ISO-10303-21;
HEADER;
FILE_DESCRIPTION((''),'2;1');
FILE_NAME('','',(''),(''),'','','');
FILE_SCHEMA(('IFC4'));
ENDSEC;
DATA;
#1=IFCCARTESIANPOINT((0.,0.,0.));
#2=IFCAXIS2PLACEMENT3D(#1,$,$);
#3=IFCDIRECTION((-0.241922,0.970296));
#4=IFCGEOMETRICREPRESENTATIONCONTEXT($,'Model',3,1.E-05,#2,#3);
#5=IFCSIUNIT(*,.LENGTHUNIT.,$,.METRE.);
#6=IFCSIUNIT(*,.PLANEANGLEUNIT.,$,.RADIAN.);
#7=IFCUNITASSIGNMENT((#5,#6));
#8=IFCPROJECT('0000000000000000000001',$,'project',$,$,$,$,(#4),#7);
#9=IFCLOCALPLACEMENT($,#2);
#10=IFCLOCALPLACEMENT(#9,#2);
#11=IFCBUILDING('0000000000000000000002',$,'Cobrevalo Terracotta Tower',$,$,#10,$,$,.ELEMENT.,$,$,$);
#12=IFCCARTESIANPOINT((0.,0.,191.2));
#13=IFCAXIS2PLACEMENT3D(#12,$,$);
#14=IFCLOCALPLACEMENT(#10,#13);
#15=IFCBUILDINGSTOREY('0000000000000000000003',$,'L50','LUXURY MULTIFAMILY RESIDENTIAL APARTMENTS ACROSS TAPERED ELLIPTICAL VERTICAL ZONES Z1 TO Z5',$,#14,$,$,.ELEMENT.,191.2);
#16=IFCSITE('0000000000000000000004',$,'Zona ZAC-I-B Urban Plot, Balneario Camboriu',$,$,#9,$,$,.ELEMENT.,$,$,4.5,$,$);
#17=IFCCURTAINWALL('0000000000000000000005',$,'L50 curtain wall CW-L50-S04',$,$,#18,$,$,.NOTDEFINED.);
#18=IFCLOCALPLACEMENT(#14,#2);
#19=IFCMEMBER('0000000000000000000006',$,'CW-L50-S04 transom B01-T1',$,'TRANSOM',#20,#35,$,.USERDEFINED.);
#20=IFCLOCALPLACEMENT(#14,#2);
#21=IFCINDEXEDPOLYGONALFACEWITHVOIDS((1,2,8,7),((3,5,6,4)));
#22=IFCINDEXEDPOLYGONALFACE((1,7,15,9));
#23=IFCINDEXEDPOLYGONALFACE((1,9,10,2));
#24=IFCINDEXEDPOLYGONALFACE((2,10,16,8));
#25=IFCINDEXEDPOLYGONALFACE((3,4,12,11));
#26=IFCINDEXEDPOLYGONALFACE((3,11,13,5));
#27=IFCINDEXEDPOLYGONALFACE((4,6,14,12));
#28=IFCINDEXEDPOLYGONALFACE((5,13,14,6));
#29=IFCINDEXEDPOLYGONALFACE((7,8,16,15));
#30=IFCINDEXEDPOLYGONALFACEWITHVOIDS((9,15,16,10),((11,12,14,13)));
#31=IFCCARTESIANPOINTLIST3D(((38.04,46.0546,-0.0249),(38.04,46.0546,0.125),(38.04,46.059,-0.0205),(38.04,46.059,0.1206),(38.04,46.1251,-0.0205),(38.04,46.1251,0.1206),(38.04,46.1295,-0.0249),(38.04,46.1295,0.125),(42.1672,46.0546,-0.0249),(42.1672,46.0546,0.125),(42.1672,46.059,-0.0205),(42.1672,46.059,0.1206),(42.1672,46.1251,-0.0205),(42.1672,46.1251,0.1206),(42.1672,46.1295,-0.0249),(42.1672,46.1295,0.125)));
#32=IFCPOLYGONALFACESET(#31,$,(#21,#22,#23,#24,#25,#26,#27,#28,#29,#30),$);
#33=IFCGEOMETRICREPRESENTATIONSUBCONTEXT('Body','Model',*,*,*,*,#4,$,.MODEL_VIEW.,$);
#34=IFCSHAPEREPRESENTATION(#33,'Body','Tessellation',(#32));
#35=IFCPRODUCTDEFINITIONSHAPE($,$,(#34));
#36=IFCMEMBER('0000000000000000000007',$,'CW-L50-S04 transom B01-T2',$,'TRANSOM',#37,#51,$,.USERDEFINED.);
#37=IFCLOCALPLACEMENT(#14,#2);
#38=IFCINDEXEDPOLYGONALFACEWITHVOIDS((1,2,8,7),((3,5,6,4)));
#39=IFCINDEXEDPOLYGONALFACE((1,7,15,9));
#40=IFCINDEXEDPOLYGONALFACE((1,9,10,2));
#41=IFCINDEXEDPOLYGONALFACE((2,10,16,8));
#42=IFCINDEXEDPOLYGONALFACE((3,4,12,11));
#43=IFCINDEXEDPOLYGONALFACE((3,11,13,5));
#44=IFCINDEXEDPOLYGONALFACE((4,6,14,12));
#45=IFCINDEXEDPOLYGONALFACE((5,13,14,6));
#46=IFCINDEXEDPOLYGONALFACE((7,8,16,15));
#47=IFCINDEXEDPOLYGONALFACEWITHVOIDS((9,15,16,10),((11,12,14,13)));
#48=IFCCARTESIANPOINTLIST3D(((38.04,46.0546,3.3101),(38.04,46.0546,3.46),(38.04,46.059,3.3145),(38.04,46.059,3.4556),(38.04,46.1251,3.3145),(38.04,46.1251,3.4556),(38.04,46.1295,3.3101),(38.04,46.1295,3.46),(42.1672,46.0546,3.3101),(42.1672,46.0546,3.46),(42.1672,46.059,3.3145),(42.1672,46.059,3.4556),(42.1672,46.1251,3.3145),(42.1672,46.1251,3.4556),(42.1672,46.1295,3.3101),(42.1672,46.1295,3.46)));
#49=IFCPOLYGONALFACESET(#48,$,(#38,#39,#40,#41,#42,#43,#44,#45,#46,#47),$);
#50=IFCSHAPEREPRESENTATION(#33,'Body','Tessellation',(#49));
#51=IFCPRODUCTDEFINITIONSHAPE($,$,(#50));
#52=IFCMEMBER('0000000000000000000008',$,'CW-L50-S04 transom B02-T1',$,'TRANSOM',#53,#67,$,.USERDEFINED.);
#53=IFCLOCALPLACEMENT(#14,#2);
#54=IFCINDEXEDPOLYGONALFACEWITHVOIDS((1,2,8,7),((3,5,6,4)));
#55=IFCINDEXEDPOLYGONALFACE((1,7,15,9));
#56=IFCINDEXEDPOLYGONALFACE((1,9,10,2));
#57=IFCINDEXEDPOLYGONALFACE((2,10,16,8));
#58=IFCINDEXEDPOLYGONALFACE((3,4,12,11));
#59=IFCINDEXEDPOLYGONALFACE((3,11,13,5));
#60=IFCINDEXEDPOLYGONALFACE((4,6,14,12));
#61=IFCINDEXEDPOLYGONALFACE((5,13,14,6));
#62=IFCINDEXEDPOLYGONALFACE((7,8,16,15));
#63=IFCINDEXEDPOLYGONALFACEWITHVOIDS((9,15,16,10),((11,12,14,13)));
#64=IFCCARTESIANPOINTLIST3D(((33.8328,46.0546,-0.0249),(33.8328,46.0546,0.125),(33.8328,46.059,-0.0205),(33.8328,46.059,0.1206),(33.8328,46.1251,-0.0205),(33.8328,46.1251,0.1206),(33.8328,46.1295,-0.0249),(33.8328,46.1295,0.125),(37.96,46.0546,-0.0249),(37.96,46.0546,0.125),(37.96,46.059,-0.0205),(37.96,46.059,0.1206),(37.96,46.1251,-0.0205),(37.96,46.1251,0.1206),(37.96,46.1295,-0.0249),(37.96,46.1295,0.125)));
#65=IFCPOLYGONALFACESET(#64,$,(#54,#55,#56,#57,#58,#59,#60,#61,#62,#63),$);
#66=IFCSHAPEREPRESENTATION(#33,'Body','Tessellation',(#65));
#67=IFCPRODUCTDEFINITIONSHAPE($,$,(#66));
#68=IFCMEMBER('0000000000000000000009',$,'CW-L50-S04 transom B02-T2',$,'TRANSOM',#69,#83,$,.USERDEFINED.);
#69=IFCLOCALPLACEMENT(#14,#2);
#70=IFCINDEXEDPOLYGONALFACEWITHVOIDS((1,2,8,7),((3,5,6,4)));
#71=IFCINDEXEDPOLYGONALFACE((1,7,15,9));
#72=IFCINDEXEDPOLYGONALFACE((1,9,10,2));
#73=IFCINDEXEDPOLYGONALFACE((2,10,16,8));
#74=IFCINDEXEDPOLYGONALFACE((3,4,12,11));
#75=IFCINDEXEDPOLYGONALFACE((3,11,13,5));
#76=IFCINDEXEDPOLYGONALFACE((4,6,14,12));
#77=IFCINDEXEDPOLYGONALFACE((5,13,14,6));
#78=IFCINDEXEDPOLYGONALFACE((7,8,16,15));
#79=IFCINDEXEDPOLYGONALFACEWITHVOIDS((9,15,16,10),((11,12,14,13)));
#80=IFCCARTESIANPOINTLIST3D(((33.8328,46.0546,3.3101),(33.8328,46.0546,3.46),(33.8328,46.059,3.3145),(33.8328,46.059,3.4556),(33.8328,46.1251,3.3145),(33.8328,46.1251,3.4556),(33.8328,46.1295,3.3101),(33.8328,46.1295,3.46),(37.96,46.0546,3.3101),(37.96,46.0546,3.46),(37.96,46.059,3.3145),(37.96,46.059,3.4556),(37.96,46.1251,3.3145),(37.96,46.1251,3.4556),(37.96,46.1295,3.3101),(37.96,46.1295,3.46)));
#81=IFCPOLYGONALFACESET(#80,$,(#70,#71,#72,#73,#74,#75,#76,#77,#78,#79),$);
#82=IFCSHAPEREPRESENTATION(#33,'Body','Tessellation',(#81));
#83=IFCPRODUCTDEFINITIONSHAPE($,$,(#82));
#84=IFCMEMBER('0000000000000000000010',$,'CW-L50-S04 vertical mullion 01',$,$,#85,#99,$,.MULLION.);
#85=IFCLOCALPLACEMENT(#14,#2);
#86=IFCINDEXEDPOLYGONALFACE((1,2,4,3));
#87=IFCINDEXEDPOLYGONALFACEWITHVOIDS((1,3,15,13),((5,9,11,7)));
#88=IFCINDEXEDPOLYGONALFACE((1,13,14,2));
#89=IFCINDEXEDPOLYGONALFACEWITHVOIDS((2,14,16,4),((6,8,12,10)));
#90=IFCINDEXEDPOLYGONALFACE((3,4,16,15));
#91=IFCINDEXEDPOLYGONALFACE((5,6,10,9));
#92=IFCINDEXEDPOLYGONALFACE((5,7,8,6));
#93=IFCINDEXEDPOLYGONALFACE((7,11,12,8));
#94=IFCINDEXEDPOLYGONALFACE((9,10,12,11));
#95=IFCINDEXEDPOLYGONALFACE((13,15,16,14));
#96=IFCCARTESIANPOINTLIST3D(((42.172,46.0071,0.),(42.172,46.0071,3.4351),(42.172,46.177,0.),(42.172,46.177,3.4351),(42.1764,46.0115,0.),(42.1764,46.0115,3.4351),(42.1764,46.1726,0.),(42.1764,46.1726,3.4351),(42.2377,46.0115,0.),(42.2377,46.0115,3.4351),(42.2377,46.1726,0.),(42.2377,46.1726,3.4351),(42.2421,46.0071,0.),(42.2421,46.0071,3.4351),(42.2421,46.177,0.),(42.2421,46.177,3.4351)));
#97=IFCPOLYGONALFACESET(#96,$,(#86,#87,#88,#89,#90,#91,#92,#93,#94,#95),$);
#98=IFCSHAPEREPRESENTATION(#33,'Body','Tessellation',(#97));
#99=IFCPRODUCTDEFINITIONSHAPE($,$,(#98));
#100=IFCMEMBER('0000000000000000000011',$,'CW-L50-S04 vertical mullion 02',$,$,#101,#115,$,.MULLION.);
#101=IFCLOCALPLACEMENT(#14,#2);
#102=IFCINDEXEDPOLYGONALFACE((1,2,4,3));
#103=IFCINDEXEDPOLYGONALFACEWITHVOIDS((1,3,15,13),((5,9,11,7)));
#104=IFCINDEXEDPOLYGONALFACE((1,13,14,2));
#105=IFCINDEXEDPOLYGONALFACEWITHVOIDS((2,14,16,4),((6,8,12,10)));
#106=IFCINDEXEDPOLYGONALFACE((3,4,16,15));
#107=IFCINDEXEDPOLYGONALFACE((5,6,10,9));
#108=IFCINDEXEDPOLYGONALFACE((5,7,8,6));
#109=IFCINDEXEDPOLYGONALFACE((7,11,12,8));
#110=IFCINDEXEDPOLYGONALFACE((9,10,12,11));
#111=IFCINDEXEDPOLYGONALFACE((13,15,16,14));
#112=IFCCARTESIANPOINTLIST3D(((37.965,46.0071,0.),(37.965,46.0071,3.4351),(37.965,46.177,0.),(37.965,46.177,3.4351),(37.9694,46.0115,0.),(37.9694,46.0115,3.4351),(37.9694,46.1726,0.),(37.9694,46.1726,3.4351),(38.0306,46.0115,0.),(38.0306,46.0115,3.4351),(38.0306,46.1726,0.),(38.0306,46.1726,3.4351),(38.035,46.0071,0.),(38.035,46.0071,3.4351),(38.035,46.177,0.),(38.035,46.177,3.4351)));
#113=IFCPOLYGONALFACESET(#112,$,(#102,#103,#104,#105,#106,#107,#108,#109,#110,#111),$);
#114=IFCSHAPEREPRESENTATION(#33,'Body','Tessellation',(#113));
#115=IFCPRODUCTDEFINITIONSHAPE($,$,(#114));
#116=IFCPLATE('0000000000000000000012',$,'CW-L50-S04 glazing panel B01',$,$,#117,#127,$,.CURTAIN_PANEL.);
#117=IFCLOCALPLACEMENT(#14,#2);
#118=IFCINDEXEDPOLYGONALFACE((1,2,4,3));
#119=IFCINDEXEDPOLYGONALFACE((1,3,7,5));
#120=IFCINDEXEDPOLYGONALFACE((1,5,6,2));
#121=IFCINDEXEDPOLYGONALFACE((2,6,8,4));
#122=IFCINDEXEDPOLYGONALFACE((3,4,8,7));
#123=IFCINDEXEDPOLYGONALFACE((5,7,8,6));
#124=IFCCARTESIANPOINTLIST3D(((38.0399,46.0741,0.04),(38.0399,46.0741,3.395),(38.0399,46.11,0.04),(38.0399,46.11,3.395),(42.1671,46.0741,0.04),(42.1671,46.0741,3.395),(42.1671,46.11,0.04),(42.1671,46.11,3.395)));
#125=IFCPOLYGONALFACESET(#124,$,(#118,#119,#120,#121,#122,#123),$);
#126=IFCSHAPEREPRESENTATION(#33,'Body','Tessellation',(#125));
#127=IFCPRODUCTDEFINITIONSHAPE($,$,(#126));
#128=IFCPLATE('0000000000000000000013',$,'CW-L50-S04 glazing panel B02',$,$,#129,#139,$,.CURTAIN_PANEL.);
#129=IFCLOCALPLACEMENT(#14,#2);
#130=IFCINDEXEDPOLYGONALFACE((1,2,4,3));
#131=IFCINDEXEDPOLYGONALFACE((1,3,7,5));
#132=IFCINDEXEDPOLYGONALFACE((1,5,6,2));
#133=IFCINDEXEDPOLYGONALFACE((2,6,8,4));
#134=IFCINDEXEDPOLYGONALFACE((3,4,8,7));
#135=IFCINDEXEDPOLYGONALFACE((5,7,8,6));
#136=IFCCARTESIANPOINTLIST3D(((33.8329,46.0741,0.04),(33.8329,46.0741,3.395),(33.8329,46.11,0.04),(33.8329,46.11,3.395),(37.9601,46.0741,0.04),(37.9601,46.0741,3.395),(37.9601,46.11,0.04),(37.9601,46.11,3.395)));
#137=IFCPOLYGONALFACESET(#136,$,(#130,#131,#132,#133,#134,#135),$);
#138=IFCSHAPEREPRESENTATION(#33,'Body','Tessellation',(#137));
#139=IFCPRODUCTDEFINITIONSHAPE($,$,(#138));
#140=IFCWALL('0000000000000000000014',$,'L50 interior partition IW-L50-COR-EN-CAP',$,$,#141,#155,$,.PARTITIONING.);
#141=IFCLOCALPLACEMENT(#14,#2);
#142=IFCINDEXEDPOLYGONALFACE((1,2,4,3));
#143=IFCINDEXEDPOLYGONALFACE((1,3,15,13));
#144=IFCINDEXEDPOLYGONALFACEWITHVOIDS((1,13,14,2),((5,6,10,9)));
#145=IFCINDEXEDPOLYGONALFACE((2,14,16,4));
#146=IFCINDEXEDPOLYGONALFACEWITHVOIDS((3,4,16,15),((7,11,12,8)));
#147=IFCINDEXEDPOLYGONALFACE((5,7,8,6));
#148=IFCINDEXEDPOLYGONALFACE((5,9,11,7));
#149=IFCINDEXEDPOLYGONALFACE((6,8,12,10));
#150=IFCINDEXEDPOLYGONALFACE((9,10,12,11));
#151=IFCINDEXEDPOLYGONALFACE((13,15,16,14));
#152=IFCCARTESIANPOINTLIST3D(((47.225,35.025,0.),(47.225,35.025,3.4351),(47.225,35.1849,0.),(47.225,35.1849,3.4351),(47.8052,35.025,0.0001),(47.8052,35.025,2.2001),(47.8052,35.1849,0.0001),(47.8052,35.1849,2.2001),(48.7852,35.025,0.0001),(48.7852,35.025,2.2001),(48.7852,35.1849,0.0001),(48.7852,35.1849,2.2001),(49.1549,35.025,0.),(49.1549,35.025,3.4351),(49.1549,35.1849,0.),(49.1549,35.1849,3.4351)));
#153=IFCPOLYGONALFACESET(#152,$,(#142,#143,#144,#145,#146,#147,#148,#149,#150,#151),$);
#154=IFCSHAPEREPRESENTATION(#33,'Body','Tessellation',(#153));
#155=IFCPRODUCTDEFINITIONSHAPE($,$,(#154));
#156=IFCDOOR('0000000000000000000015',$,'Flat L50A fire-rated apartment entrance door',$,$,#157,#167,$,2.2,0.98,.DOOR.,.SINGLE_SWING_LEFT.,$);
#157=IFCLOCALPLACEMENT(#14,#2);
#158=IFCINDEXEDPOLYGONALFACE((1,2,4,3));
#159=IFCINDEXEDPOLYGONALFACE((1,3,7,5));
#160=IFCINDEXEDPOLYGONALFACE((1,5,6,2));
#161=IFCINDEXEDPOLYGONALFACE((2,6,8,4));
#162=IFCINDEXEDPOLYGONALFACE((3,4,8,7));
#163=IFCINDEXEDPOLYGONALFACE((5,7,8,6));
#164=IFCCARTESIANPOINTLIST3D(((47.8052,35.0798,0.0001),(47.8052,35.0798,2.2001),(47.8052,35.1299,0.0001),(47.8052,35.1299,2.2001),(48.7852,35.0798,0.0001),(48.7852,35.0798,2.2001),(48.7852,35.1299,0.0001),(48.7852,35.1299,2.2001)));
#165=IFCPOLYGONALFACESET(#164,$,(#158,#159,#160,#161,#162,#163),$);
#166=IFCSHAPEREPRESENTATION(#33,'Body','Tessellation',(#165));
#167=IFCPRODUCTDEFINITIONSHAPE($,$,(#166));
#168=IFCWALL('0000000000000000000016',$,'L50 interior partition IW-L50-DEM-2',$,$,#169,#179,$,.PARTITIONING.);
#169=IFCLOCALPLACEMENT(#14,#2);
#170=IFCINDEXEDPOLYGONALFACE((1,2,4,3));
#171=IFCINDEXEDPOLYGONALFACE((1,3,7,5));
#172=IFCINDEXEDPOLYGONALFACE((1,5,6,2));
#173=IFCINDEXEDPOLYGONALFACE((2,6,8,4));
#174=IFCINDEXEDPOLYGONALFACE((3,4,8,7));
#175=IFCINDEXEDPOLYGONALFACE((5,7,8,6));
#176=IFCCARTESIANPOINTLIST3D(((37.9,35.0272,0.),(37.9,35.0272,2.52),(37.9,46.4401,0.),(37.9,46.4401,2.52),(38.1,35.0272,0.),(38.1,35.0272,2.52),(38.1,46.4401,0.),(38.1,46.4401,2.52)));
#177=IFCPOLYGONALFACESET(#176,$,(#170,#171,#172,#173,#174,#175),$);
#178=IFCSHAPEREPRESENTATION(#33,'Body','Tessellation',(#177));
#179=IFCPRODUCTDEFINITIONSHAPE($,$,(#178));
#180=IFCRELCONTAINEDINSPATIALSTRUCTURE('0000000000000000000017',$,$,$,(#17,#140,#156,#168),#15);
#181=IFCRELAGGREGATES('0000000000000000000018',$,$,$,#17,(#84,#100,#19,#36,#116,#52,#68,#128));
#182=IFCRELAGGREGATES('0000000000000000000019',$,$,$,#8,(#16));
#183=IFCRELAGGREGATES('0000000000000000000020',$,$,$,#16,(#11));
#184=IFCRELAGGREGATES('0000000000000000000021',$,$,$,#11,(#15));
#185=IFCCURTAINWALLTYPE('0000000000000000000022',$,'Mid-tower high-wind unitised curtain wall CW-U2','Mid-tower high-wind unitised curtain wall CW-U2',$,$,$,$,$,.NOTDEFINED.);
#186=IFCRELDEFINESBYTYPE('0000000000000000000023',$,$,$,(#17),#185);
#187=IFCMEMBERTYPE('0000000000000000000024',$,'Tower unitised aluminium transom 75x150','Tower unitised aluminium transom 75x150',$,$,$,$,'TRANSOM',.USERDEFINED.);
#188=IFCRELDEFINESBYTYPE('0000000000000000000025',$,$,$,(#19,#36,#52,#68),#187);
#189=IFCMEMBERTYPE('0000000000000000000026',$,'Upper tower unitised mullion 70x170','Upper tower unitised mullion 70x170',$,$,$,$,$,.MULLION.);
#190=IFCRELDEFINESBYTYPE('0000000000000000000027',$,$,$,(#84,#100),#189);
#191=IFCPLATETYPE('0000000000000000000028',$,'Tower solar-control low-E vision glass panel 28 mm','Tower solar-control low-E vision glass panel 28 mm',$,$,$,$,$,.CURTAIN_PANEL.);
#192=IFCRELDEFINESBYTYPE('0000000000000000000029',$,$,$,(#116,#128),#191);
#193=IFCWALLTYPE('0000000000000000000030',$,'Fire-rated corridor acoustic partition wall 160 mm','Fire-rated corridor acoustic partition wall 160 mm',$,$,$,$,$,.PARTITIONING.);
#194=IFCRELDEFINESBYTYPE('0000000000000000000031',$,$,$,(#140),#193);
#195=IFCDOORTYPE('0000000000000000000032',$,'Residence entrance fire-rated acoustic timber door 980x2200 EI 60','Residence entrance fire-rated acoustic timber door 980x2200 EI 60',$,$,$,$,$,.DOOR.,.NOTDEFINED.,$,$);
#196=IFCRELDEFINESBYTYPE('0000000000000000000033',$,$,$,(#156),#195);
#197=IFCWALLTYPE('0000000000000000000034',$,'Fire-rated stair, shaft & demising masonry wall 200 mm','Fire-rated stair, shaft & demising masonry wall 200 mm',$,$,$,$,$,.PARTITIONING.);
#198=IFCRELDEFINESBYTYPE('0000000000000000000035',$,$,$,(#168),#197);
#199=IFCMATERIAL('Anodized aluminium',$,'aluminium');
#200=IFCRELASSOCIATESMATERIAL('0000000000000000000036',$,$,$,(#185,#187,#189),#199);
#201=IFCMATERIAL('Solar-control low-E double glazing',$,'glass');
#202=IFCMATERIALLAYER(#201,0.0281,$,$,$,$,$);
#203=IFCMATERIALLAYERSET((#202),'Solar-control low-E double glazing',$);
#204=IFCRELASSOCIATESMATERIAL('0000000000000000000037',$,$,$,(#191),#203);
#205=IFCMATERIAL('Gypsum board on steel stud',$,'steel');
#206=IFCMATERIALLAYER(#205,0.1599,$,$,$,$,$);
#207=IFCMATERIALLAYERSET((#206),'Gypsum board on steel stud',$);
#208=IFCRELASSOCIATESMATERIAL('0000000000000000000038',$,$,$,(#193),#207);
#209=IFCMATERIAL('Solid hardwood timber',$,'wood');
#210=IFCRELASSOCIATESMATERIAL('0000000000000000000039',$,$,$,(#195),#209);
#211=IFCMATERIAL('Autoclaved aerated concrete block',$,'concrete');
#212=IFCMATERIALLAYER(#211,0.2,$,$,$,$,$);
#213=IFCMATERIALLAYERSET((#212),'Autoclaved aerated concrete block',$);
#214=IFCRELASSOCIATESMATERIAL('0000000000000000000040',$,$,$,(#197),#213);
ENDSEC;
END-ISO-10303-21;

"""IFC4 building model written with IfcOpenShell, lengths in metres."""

from ifc_helpers import new_model, si_unit, direction, frame, frame_2d, origin, origin_2d, place, context, subcontext, project, spatial, rectangle, hollow_rectangle, extrude, source, transform, mapped, material, layer, layer_set, material_profile, profile_set, type_object, element, fill, aggregate, save


model = new_model("IFC4")

# Units and contexts
model_context = context("Model", 3, precision=1e-05, world=origin(), true_north=direction((-0.241922, 0.970296)))
body_context = subcontext(model_context, "Body", "Model", "MODEL_VIEW")
ifc_project = project(units=[si_unit("LENGTHUNIT", "METRE"), si_unit("PLANEANGLEUNIT", "RADIAN")], contexts=[model_context])

# Site, building, storey
site_placement = place(None, origin())
site = spatial("IfcSite", under=ifc_project, at=site_placement, Name="Zona ZAC-I-B Urban Plot, Balneario Camboriu", CompositionType="ELEMENT", RefElevation=4.5)
building_placement = place(site_placement, origin())
building = spatial("IfcBuilding", under=site, at=building_placement, Name="Cobrevalo Terracotta Tower", CompositionType="ELEMENT")
storey_placement = place(building_placement, frame((0.0, 0.0, 191.2)))
storey = spatial("IfcBuildingStorey", under=building, at=storey_placement, Name="L50", Description="LUXURY MULTIFAMILY RESIDENTIAL APARTMENTS ACROSS TAPERED ELLIPTICAL VERTICAL ZONES Z1 TO Z5", CompositionType="ELEMENT", Elevation=191.2)

# Curtain wall, members, plates
ifc_material_1 = material(Name="Anodized aluminium", Category="aluminium")
curtain_wall_type = type_object("IfcCurtainWallType", Name="Mid-tower high-wind unitised curtain wall CW-U2", Description="Mid-tower high-wind unitised curtain wall CW-U2", PredefinedType="NOTDEFINED", material=ifc_material_1)
curtain_wall_placement = place(storey_placement, origin())
curtain_wall = element("IfcCurtainWall", 1, at=curtain_wall_placement, inside=storey, type_object=curtain_wall_type, Name="L50 curtain wall CW-L50-S04", PredefinedType="NOTDEFINED")
ifc_material_profile_1 = material_profile(ifc_material_1, hollow_rectangle(XDim=0.075, YDim=0.1499, WallThickness=0.0044, at=origin_2d()), Name="CWT 75x150")
ifc_profile_set_1 = profile_set([ifc_material_profile_1], Name="Anodized aluminium")
member_type_1 = type_object("IfcMemberType", Name="Tower unitised aluminium transom 75x150", Description="Tower unitised aluminium transom 75x150", ElementType="TRANSOM", PredefinedType="USERDEFINED", material=ifc_profile_set_1)
shared_shape_1 = source(origin(), body_context, "Body", "SweptSolid", [
    extrude(hollow_rectangle(XDim=0.075, YDim=0.1499, WallThickness=0.0044, at=origin_2d()), origin(), (0.0, 0.0, 1.0), 4.1272),
])
member_1_placement = place(storey_placement, frame((42.1672, 46.092, 0.05), z_axis=(-1.0, 0.0, 0.0), x_axis=(0.0, -1.0, 0.0)))
member_1 = element("IfcMember", 2, at=member_1_placement, type_object=member_type_1, Name="CW-L50-S04 transom B01-T1", ObjectType="TRANSOM", PredefinedType="USERDEFINED", context=body_context, shape_type="MappedRepresentation", body=[
    mapped(shared_shape_1, transform((0.0, 0.0, 0.0), scale=1.0)),
])
member_2_placement = place(storey_placement, frame((42.1672, 46.092, 3.385), z_axis=(-1.0, 0.0, 0.0), x_axis=(0.0, -1.0, 0.0)))
member_2 = element("IfcMember", 3, at=member_2_placement, type_object=member_type_1, Name="CW-L50-S04 transom B01-T2", ObjectType="TRANSOM", PredefinedType="USERDEFINED", context=body_context, shape_type="MappedRepresentation", body=[
    mapped(shared_shape_1, transform((0.0, 0.0, 0.0), scale=1.0)),
])
member_3_placement = place(storey_placement, frame((37.96, 46.092, 0.05), z_axis=(-1.0, 0.0, 0.0), x_axis=(0.0, -1.0, 0.0)))
member_3 = element("IfcMember", 4, at=member_3_placement, type_object=member_type_1, Name="CW-L50-S04 transom B02-T1", ObjectType="TRANSOM", PredefinedType="USERDEFINED", context=body_context, shape_type="MappedRepresentation", body=[
    mapped(shared_shape_1, transform((0.0, 0.0, 0.0), scale=1.0)),
])
member_4_placement = place(storey_placement, frame((37.96, 46.092, 3.385), z_axis=(-1.0, 0.0, 0.0), x_axis=(0.0, -1.0, 0.0)))
member_4 = element("IfcMember", 5, at=member_4_placement, type_object=member_type_1, Name="CW-L50-S04 transom B02-T2", ObjectType="TRANSOM", PredefinedType="USERDEFINED", context=body_context, shape_type="MappedRepresentation", body=[
    mapped(shared_shape_1, transform((0.0, 0.0, 0.0), scale=1.0)),
])
ifc_material_profile_2 = material_profile(ifc_material_1, hollow_rectangle(XDim=0.0701, YDim=0.1699, WallThickness=0.0044, at=origin_2d()), Name="CWM 70x170")
ifc_profile_set_2 = profile_set([ifc_material_profile_2], Name="Anodized aluminium")
member_type_2 = type_object("IfcMemberType", Name="Upper tower unitised mullion 70x170", Description="Upper tower unitised mullion 70x170", PredefinedType="MULLION", material=ifc_profile_set_2)
shared_shape_2 = source(origin(), body_context, "Body", "SweptSolid", [
    extrude(hollow_rectangle(XDim=0.0701, YDim=0.1699, WallThickness=0.0044, at=origin_2d()), origin(), (0.0, 0.0, 1.0), 3.4351),
])
member_5_placement = place(storey_placement, frame((42.207, 46.092, 0.0), z_axis=(0.0, 0.0, 1.0), x_axis=(-1.0, 0.0, 0.0)))
member_5 = element("IfcMember", 6, at=member_5_placement, type_object=member_type_2, Name="CW-L50-S04 vertical mullion 01", PredefinedType="MULLION", context=body_context, shape_type="MappedRepresentation", body=[
    mapped(shared_shape_2, transform((0.0, 0.0, 0.0), scale=1.0)),
])
member_6_placement = place(storey_placement, frame((38.0, 46.092, 0.0), z_axis=(0.0, 0.0, 1.0), x_axis=(-1.0, 0.0, 0.0)))
member_6 = element("IfcMember", 7, at=member_6_placement, type_object=member_type_2, Name="CW-L50-S04 vertical mullion 02", PredefinedType="MULLION", context=body_context, shape_type="MappedRepresentation", body=[
    mapped(shared_shape_2, transform((0.0, 0.0, 0.0), scale=1.0)),
])
ifc_material_2 = material(Name="Solar-control low-E double glazing", Category="glass")
ifc_layer_1 = layer(ifc_material_2, 0.0281)
ifc_layer_set_1 = layer_set([ifc_layer_1], Name="Solar-control low-E double glazing")
plate_type = type_object("IfcPlateType", Name="Tower solar-control low-E vision glass panel 28 mm", Description="Tower solar-control low-E vision glass panel 28 mm", PredefinedType="CURTAIN_PANEL", material=ifc_layer_set_1)
shared_shape_3 = source(origin(), body_context, "Body", "SweptSolid", [
    extrude(rectangle(XDim=4.1272, YDim=0.0359, at=origin_2d()), origin(), (0.0, 0.0, 1.0), 3.355),
])
plate_1_placement = place(storey_placement, frame((40.1035, 46.092, 0.04), z_axis=(0.0, 0.0, 1.0), x_axis=(-1.0, 0.0, 0.0)))
plate_1 = element("IfcPlate", 8, at=plate_1_placement, type_object=plate_type, Name="CW-L50-S04 glazing panel B01", PredefinedType="CURTAIN_PANEL", context=body_context, shape_type="MappedRepresentation", body=[
    mapped(shared_shape_3, transform((0.0, 0.0, 0.0), scale=1.0)),
])
plate_2_placement = place(storey_placement, frame((35.8965, 46.092, 0.04), z_axis=(0.0, 0.0, 1.0), x_axis=(-1.0, 0.0, 0.0)))
plate_2 = element("IfcPlate", 9, at=plate_2_placement, type_object=plate_type, Name="CW-L50-S04 glazing panel B02", PredefinedType="CURTAIN_PANEL", context=body_context, shape_type="MappedRepresentation", body=[
    mapped(shared_shape_3, transform((0.0, 0.0, 0.0), scale=1.0)),
])
aggregate(curtain_wall, [member_5, member_6, member_1, member_2, plate_1, member_3, member_4, plate_2])

# Wall, opening, door
ifc_material_3 = material(Name="Gypsum board on steel stud", Category="steel")
ifc_layer_2 = layer(ifc_material_3, 0.1599)
ifc_layer_set_2 = layer_set([ifc_layer_2], Name="Gypsum board on steel stud")
wall_type_1 = type_object("IfcWallType", Name="Fire-rated corridor acoustic partition wall 160 mm", Description="Fire-rated corridor acoustic partition wall 160 mm", PredefinedType="PARTITIONING", material=ifc_layer_set_2)
wall_1_placement = place(storey_placement, frame((47.2251, 35.105, 0.0), z_axis=(0.0, 0.0, 1.0), x_axis=(1.0, 0.0, 0.0)))
wall_1 = element("IfcWall", 10, at=wall_1_placement, inside=storey, type_object=wall_type_1, Name="L50 interior partition IW-L50-COR-EN-CAP", PredefinedType="PARTITIONING", context=body_context, shape_type="SweptSolid", body=[
    extrude(rectangle(XDim=1.9299, YDim=0.1599, at=frame_2d((0.9648, 0.0))), origin(), (0.0, 0.0, 1.0), 3.4351),
])
opening_1_placement = place(wall_1_placement, frame((0.5801, 0.0, 0.0)))
opening_1 = element("IfcOpeningElement", 11, at=opening_1_placement, cuts=wall_1, PredefinedType="OPENING", context=body_context, shape_type="SweptSolid", body=[
    extrude(rectangle(XDim=0.98, YDim=2.2, at=frame_2d((0.49, 1.1001))), frame((0.0, 0.0898, 0.0), z_axis=(0.0, -1.0, 0.0), x_axis=(1.0, 0.0, 0.0)), (0.0, 0.0, 1.0), 0.1799),
])
ifc_material_4 = material(Name="Solid hardwood timber", Category="wood")
door_type_1 = type_object("IfcDoorType", Name="Residence entrance fire-rated acoustic timber door 980x2200 EI 60", Description="Residence entrance fire-rated acoustic timber door 980x2200 EI 60", OperationType="NOTDEFINED", PredefinedType="DOOR", material=ifc_material_4)
shared_shape_4 = source(origin(), body_context, "Body", "SweptSolid", [
    extrude(rectangle(XDim=0.98, YDim=2.2, at=frame_2d((0.49, 1.1001))), frame((0.0, 0.0249, 0.0), z_axis=(0.0, -1.0, 0.0), x_axis=(1.0, 0.0, 0.0)), (0.0, 0.0, 1.0), 0.05),
])
door_1_placement = place(opening_1_placement, origin())
door_1 = element("IfcDoor", 12, at=door_1_placement, inside=storey, type_object=door_type_1, Name="Flat L50A fire-rated apartment entrance door", OperationType="SINGLE_SWING_LEFT", OverallHeight=2.2, OverallWidth=0.98, PredefinedType="DOOR", context=body_context, shape_type="MappedRepresentation", body=[
    mapped(shared_shape_4, transform((0.0, 0.0, 0.0), scale=1.0)),
])
fill(opening_1, door_1)

# Wall
ifc_material_5 = material(Name="Autoclaved aerated concrete block", Category="concrete")
ifc_layer_3 = layer(ifc_material_5, 0.2)
ifc_layer_set_3 = layer_set([ifc_layer_3], Name="Autoclaved aerated concrete block")
wall_type_2 = type_object("IfcWallType", Name="Fire-rated stair, shaft & demising masonry wall 200 mm", Description="Fire-rated stair, shaft & demising masonry wall 200 mm", PredefinedType="PARTITIONING", material=ifc_layer_set_3)
wall_2_placement = place(storey_placement, frame((38.0, 35.0271, 0.0), z_axis=(0.0, 0.0, 1.0), x_axis=(0.0, 1.0, 0.0)))
element("IfcWall", 13, at=wall_2_placement, inside=storey, type_object=wall_type_2, Name="L50 interior partition IW-L50-DEM-2", PredefinedType="PARTITIONING", context=body_context, shape_type="SweptSolid", body=[
    extrude(rectangle(XDim=11.4128, YDim=0.2, at=frame_2d((5.7065, 0.0))), origin(), (0.0, 0.0, 1.0), 2.52),
])

save(model, "model.ifc")
